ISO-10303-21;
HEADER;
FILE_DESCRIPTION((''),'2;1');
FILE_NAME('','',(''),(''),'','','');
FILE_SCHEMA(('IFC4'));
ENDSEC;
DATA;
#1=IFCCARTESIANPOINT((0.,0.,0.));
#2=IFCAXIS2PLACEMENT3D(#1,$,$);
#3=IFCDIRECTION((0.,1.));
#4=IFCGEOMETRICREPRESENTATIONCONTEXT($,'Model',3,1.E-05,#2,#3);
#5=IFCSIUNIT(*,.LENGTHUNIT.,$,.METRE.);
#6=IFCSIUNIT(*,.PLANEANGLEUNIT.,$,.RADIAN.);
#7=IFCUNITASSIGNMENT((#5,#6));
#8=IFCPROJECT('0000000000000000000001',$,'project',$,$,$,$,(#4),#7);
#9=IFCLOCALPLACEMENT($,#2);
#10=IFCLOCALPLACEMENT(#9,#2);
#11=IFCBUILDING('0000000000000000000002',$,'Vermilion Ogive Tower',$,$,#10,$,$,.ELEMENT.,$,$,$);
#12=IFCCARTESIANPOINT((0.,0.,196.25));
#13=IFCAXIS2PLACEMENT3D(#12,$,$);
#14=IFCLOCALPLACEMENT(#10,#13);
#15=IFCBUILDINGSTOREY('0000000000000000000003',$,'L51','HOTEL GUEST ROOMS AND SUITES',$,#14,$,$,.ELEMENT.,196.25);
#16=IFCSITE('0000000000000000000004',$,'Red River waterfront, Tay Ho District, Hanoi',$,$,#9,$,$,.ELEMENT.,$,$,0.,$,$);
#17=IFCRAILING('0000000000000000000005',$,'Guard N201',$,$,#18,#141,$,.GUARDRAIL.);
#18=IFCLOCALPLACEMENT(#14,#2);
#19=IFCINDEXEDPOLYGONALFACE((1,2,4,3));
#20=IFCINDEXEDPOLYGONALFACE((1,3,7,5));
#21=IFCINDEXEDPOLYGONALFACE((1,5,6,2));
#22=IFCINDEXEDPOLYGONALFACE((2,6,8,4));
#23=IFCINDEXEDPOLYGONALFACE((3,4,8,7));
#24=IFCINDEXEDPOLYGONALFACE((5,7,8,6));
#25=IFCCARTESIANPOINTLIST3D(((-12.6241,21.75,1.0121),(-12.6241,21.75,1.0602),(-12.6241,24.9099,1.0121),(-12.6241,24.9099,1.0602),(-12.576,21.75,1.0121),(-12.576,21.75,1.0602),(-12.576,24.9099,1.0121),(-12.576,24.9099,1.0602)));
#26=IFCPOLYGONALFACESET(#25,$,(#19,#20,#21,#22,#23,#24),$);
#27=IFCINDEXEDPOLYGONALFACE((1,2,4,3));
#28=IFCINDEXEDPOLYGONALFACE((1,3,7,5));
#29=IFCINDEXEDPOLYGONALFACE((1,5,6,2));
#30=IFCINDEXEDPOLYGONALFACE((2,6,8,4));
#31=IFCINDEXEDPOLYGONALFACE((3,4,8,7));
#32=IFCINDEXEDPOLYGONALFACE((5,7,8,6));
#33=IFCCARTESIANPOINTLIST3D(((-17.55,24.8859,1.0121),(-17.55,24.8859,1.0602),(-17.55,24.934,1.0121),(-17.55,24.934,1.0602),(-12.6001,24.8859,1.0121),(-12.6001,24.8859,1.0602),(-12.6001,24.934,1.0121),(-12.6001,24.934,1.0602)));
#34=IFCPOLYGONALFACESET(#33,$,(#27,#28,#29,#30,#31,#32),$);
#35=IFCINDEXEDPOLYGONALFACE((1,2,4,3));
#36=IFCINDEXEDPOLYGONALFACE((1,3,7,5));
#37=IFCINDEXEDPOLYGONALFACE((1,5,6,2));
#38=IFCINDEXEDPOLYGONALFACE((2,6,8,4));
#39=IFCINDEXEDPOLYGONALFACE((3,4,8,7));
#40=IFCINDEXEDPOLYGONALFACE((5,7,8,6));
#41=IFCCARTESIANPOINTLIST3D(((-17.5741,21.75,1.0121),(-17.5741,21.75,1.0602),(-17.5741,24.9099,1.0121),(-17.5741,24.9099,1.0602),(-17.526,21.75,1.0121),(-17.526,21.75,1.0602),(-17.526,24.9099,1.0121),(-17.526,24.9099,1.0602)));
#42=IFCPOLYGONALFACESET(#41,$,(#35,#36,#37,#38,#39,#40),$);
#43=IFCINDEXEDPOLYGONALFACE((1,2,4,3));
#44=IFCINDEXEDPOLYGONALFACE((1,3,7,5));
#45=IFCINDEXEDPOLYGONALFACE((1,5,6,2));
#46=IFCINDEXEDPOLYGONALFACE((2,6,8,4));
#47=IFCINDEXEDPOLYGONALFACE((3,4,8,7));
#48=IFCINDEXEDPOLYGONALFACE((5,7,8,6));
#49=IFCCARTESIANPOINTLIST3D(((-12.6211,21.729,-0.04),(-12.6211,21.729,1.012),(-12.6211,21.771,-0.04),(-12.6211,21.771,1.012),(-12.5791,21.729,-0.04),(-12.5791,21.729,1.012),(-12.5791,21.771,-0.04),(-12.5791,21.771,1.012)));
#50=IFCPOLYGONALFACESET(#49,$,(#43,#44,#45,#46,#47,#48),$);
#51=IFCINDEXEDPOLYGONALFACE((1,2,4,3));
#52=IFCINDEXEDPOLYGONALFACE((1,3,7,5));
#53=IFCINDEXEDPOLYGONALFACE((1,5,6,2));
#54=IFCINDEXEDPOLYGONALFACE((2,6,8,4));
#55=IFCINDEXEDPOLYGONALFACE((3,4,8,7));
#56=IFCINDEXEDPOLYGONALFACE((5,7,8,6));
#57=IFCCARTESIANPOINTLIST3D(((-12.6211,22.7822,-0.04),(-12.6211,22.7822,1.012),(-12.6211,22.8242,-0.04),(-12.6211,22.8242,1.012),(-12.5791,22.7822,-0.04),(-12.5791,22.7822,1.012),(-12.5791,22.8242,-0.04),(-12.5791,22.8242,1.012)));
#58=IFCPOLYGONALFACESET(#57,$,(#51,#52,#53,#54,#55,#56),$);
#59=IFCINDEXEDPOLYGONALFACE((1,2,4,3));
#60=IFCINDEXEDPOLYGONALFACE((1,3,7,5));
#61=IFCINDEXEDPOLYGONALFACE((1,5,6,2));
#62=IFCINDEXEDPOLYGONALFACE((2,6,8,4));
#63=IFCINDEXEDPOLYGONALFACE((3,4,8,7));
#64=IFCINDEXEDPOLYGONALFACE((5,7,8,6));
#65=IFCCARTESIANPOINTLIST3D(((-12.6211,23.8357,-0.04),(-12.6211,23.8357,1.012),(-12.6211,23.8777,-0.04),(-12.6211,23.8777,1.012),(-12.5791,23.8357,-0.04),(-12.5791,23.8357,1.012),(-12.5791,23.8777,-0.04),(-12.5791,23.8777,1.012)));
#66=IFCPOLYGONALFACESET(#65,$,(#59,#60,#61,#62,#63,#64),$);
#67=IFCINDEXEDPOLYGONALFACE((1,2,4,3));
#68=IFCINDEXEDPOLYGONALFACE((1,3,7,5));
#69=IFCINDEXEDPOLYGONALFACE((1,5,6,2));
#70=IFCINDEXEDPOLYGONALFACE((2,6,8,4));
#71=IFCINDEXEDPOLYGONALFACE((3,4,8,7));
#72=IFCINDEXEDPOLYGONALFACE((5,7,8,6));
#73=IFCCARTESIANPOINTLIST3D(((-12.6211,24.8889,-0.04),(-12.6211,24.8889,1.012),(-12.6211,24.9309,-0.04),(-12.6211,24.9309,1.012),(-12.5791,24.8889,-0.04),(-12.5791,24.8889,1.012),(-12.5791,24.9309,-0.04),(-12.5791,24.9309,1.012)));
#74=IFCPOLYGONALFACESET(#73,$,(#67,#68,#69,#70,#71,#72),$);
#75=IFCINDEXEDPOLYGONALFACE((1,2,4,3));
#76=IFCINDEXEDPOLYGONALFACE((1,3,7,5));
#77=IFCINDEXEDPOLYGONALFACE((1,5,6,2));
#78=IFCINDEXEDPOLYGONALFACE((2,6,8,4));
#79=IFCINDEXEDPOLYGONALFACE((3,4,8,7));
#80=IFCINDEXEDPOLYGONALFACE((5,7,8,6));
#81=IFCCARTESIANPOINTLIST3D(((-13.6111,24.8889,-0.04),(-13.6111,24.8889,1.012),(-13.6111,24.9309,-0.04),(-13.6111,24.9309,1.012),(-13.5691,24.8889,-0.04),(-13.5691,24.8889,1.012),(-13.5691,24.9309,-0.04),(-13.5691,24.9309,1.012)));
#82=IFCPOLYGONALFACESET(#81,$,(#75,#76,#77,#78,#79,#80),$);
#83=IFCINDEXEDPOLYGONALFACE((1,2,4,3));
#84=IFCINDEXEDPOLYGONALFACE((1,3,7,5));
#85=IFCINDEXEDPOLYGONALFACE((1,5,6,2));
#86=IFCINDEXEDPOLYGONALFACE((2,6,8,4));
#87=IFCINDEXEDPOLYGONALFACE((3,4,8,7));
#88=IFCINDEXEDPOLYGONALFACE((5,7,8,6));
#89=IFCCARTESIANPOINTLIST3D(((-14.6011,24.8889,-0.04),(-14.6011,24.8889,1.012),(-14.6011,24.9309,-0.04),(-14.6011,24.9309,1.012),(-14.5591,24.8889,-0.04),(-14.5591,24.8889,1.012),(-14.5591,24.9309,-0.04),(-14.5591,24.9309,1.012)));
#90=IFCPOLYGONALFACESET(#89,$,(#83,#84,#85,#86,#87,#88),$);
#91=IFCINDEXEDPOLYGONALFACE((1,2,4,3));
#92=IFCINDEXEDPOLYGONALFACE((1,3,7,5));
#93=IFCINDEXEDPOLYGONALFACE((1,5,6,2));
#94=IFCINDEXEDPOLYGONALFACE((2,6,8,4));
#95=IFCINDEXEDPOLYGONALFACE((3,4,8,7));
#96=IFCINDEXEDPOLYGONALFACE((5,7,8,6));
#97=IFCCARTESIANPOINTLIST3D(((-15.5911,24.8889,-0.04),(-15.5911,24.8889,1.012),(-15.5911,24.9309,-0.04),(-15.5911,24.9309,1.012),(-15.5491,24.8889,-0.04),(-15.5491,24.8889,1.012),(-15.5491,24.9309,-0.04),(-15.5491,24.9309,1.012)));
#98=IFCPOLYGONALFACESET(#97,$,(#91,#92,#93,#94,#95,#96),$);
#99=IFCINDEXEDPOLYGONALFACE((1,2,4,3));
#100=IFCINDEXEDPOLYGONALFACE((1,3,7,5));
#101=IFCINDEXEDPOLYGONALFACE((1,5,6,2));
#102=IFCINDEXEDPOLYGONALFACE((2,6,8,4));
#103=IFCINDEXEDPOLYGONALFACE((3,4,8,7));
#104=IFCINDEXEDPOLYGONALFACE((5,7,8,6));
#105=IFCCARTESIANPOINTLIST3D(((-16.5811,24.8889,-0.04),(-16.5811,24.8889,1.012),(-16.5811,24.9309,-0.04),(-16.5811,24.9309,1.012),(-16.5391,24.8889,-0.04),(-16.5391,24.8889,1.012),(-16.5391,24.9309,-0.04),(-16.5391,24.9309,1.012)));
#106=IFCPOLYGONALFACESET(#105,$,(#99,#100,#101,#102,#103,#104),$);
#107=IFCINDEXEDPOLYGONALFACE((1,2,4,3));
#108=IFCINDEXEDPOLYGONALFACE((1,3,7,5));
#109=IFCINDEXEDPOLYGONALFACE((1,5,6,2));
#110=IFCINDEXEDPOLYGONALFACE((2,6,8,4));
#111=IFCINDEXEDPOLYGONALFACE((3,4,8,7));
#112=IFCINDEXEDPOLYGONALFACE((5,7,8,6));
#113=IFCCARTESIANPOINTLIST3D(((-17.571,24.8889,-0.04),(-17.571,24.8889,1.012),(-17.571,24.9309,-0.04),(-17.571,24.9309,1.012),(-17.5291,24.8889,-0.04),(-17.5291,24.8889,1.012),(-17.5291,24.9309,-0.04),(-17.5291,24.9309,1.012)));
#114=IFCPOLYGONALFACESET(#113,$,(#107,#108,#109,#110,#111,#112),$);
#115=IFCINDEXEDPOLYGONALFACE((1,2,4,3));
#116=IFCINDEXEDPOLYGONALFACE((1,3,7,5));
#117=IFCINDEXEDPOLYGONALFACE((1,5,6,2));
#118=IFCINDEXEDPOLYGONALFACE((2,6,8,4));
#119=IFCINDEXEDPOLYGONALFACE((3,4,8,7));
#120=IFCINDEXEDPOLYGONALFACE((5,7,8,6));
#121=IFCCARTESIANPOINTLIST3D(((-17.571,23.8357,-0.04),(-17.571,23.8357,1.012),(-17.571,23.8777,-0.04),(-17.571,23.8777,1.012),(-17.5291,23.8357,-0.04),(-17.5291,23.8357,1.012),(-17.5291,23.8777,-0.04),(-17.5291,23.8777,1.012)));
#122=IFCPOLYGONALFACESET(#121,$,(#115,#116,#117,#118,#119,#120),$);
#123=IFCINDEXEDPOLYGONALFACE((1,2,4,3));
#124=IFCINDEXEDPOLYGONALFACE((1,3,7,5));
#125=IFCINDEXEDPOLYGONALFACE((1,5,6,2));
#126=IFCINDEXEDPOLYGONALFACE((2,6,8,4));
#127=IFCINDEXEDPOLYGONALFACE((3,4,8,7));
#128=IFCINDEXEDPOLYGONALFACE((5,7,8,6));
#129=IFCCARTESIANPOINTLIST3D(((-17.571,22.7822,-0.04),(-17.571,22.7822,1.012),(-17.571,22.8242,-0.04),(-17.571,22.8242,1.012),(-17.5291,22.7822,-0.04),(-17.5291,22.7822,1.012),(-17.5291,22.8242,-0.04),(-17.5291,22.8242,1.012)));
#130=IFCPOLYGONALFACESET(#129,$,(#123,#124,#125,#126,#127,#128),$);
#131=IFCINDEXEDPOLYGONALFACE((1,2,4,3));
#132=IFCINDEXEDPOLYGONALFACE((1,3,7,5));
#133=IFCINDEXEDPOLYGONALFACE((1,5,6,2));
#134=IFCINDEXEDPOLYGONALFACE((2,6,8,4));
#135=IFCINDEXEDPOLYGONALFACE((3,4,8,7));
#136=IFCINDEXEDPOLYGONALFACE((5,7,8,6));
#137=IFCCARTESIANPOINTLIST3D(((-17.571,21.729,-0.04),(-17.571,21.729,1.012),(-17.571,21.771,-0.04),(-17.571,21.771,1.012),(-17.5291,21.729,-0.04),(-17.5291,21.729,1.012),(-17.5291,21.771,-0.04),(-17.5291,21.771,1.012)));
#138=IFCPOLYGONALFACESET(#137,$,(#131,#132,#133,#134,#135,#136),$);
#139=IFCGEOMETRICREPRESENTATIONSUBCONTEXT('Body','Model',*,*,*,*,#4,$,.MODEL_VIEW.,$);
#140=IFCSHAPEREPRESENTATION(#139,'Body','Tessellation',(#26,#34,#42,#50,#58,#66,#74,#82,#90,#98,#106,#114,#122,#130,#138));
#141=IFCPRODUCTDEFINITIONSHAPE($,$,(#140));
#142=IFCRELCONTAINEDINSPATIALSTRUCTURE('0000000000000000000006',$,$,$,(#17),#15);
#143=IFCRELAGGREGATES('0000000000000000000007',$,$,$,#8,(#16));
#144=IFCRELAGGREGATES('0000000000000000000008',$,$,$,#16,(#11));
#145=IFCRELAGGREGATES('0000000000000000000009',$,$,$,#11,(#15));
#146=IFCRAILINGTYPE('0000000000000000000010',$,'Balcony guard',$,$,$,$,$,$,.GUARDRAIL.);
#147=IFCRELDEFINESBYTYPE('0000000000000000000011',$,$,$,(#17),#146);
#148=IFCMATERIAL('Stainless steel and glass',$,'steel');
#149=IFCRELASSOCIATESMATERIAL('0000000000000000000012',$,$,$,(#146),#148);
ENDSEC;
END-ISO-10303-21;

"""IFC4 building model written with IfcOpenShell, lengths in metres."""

from ifc_helpers import new_model, si_unit, direction, frame, origin, origin_2d, place, context, subcontext, project, spatial, rectangle, extrude, material, type_object, element, save


model = new_model("IFC4")

# Units and contexts
model_context = context("Model", 3, precision=1e-05, world=origin(), true_north=direction((0.0, 1.0)))
body_context = subcontext(model_context, "Body", "Model", "MODEL_VIEW")
ifc_project = project(units=[si_unit("LENGTHUNIT", "METRE"), si_unit("PLANEANGLEUNIT", "RADIAN")], contexts=[model_context])

# Site, building, storey
site_placement = place(None, origin())
site = spatial("IfcSite", under=ifc_project, at=site_placement, Name="Red River waterfront, Tay Ho District, Hanoi", CompositionType="ELEMENT", RefElevation=0.0)
building_placement = place(site_placement, origin())
building = spatial("IfcBuilding", under=site, at=building_placement, Name="Vermilion Ogive Tower", CompositionType="ELEMENT")
storey_placement = place(building_placement, frame((0.0, 0.0, 196.25)))
storey = spatial("IfcBuildingStorey", under=building, at=storey_placement, Name="L51", Description="HOTEL GUEST ROOMS AND SUITES", CompositionType="ELEMENT", Elevation=196.25)

# Railing
ifc_material_1 = material(Name="Stainless steel and glass", Category="steel")
railing_type_1 = type_object("IfcRailingType", Name="Balcony guard", PredefinedType="GUARDRAIL", material=ifc_material_1)
railing_1_placement = place(storey_placement, frame((-12.6001, 21.75, -0.04)))
element("IfcRailing", 1, at=railing_1_placement, inside=storey, type_object=railing_type_1, Name="Guard N201", PredefinedType="GUARDRAIL", context=body_context, shape_type="SweptSolid", body=[
    extrude(rectangle(XDim=0.0481, YDim=0.0481, at=origin_2d()), frame((0.0, 0.0, 1.0762), z_axis=(0.0, 1.0, 0.0), x_axis=(-1.0, 0.0, 0.0)), (0.0, 0.0, 1.0), 3.1599),
    extrude(rectangle(XDim=0.0481, YDim=0.0481, at=origin_2d()), frame((0.0, 3.1599, 1.0762), z_axis=(-1.0, 0.0, 0.0), x_axis=(0.0, -1.0, 0.0)), (0.0, 0.0, 1.0), 4.95),
    extrude(rectangle(XDim=0.0481, YDim=0.0481, at=origin_2d()), frame((-4.95, 3.1599, 1.0762), z_axis=(0.0, -1.0, 0.0), x_axis=(1.0, 0.0, 0.0)), (0.0, 0.0, 1.0), 3.1599),
    extrude(rectangle(XDim=0.042, YDim=0.042, at=origin_2d()), origin(), (0.0, 0.0, 1.0), 1.052),
    extrude(rectangle(XDim=0.042, YDim=0.042, at=origin_2d()), frame((0.0, 1.0532, 0.0)), (0.0, 0.0, 1.0), 1.052),
    extrude(rectangle(XDim=0.042, YDim=0.042, at=origin_2d()), frame((0.0, 2.1067, 0.0)), (0.0, 0.0, 1.0), 1.052),
    extrude(rectangle(XDim=0.042, YDim=0.042, at=origin_2d()), frame((0.0, 3.1599, 0.0)), (0.0, 0.0, 1.0), 1.052),
    extrude(rectangle(XDim=0.042, YDim=0.042, at=origin_2d()), frame((-0.99, 3.1599, 0.0)), (0.0, 0.0, 1.0), 1.052),
    extrude(rectangle(XDim=0.042, YDim=0.042, at=origin_2d()), frame((-1.98, 3.1599, 0.0)), (0.0, 0.0, 1.0), 1.052),
    extrude(rectangle(XDim=0.042, YDim=0.042, at=origin_2d()), frame((-2.97, 3.1599, 0.0)), (0.0, 0.0, 1.0), 1.052),
    extrude(rectangle(XDim=0.042, YDim=0.042, at=origin_2d()), frame((-3.96, 3.1599, 0.0)), (0.0, 0.0, 1.0), 1.052),
    extrude(rectangle(XDim=0.042, YDim=0.042, at=origin_2d()), frame((-4.95, 3.1599, 0.0)), (0.0, 0.0, 1.0), 1.052),
    extrude(rectangle(XDim=0.042, YDim=0.042, at=origin_2d()), frame((-4.95, 2.1067, 0.0)), (0.0, 0.0, 1.0), 1.052),
    extrude(rectangle(XDim=0.042, YDim=0.042, at=origin_2d()), frame((-4.95, 1.0532, 0.0)), (0.0, 0.0, 1.0), 1.052),
    extrude(rectangle(XDim=0.042, YDim=0.042, at=origin_2d()), frame((-4.95, 0.0, 0.0)), (0.0, 0.0, 1.0), 1.052),
])

save(model, "model.ifc")
